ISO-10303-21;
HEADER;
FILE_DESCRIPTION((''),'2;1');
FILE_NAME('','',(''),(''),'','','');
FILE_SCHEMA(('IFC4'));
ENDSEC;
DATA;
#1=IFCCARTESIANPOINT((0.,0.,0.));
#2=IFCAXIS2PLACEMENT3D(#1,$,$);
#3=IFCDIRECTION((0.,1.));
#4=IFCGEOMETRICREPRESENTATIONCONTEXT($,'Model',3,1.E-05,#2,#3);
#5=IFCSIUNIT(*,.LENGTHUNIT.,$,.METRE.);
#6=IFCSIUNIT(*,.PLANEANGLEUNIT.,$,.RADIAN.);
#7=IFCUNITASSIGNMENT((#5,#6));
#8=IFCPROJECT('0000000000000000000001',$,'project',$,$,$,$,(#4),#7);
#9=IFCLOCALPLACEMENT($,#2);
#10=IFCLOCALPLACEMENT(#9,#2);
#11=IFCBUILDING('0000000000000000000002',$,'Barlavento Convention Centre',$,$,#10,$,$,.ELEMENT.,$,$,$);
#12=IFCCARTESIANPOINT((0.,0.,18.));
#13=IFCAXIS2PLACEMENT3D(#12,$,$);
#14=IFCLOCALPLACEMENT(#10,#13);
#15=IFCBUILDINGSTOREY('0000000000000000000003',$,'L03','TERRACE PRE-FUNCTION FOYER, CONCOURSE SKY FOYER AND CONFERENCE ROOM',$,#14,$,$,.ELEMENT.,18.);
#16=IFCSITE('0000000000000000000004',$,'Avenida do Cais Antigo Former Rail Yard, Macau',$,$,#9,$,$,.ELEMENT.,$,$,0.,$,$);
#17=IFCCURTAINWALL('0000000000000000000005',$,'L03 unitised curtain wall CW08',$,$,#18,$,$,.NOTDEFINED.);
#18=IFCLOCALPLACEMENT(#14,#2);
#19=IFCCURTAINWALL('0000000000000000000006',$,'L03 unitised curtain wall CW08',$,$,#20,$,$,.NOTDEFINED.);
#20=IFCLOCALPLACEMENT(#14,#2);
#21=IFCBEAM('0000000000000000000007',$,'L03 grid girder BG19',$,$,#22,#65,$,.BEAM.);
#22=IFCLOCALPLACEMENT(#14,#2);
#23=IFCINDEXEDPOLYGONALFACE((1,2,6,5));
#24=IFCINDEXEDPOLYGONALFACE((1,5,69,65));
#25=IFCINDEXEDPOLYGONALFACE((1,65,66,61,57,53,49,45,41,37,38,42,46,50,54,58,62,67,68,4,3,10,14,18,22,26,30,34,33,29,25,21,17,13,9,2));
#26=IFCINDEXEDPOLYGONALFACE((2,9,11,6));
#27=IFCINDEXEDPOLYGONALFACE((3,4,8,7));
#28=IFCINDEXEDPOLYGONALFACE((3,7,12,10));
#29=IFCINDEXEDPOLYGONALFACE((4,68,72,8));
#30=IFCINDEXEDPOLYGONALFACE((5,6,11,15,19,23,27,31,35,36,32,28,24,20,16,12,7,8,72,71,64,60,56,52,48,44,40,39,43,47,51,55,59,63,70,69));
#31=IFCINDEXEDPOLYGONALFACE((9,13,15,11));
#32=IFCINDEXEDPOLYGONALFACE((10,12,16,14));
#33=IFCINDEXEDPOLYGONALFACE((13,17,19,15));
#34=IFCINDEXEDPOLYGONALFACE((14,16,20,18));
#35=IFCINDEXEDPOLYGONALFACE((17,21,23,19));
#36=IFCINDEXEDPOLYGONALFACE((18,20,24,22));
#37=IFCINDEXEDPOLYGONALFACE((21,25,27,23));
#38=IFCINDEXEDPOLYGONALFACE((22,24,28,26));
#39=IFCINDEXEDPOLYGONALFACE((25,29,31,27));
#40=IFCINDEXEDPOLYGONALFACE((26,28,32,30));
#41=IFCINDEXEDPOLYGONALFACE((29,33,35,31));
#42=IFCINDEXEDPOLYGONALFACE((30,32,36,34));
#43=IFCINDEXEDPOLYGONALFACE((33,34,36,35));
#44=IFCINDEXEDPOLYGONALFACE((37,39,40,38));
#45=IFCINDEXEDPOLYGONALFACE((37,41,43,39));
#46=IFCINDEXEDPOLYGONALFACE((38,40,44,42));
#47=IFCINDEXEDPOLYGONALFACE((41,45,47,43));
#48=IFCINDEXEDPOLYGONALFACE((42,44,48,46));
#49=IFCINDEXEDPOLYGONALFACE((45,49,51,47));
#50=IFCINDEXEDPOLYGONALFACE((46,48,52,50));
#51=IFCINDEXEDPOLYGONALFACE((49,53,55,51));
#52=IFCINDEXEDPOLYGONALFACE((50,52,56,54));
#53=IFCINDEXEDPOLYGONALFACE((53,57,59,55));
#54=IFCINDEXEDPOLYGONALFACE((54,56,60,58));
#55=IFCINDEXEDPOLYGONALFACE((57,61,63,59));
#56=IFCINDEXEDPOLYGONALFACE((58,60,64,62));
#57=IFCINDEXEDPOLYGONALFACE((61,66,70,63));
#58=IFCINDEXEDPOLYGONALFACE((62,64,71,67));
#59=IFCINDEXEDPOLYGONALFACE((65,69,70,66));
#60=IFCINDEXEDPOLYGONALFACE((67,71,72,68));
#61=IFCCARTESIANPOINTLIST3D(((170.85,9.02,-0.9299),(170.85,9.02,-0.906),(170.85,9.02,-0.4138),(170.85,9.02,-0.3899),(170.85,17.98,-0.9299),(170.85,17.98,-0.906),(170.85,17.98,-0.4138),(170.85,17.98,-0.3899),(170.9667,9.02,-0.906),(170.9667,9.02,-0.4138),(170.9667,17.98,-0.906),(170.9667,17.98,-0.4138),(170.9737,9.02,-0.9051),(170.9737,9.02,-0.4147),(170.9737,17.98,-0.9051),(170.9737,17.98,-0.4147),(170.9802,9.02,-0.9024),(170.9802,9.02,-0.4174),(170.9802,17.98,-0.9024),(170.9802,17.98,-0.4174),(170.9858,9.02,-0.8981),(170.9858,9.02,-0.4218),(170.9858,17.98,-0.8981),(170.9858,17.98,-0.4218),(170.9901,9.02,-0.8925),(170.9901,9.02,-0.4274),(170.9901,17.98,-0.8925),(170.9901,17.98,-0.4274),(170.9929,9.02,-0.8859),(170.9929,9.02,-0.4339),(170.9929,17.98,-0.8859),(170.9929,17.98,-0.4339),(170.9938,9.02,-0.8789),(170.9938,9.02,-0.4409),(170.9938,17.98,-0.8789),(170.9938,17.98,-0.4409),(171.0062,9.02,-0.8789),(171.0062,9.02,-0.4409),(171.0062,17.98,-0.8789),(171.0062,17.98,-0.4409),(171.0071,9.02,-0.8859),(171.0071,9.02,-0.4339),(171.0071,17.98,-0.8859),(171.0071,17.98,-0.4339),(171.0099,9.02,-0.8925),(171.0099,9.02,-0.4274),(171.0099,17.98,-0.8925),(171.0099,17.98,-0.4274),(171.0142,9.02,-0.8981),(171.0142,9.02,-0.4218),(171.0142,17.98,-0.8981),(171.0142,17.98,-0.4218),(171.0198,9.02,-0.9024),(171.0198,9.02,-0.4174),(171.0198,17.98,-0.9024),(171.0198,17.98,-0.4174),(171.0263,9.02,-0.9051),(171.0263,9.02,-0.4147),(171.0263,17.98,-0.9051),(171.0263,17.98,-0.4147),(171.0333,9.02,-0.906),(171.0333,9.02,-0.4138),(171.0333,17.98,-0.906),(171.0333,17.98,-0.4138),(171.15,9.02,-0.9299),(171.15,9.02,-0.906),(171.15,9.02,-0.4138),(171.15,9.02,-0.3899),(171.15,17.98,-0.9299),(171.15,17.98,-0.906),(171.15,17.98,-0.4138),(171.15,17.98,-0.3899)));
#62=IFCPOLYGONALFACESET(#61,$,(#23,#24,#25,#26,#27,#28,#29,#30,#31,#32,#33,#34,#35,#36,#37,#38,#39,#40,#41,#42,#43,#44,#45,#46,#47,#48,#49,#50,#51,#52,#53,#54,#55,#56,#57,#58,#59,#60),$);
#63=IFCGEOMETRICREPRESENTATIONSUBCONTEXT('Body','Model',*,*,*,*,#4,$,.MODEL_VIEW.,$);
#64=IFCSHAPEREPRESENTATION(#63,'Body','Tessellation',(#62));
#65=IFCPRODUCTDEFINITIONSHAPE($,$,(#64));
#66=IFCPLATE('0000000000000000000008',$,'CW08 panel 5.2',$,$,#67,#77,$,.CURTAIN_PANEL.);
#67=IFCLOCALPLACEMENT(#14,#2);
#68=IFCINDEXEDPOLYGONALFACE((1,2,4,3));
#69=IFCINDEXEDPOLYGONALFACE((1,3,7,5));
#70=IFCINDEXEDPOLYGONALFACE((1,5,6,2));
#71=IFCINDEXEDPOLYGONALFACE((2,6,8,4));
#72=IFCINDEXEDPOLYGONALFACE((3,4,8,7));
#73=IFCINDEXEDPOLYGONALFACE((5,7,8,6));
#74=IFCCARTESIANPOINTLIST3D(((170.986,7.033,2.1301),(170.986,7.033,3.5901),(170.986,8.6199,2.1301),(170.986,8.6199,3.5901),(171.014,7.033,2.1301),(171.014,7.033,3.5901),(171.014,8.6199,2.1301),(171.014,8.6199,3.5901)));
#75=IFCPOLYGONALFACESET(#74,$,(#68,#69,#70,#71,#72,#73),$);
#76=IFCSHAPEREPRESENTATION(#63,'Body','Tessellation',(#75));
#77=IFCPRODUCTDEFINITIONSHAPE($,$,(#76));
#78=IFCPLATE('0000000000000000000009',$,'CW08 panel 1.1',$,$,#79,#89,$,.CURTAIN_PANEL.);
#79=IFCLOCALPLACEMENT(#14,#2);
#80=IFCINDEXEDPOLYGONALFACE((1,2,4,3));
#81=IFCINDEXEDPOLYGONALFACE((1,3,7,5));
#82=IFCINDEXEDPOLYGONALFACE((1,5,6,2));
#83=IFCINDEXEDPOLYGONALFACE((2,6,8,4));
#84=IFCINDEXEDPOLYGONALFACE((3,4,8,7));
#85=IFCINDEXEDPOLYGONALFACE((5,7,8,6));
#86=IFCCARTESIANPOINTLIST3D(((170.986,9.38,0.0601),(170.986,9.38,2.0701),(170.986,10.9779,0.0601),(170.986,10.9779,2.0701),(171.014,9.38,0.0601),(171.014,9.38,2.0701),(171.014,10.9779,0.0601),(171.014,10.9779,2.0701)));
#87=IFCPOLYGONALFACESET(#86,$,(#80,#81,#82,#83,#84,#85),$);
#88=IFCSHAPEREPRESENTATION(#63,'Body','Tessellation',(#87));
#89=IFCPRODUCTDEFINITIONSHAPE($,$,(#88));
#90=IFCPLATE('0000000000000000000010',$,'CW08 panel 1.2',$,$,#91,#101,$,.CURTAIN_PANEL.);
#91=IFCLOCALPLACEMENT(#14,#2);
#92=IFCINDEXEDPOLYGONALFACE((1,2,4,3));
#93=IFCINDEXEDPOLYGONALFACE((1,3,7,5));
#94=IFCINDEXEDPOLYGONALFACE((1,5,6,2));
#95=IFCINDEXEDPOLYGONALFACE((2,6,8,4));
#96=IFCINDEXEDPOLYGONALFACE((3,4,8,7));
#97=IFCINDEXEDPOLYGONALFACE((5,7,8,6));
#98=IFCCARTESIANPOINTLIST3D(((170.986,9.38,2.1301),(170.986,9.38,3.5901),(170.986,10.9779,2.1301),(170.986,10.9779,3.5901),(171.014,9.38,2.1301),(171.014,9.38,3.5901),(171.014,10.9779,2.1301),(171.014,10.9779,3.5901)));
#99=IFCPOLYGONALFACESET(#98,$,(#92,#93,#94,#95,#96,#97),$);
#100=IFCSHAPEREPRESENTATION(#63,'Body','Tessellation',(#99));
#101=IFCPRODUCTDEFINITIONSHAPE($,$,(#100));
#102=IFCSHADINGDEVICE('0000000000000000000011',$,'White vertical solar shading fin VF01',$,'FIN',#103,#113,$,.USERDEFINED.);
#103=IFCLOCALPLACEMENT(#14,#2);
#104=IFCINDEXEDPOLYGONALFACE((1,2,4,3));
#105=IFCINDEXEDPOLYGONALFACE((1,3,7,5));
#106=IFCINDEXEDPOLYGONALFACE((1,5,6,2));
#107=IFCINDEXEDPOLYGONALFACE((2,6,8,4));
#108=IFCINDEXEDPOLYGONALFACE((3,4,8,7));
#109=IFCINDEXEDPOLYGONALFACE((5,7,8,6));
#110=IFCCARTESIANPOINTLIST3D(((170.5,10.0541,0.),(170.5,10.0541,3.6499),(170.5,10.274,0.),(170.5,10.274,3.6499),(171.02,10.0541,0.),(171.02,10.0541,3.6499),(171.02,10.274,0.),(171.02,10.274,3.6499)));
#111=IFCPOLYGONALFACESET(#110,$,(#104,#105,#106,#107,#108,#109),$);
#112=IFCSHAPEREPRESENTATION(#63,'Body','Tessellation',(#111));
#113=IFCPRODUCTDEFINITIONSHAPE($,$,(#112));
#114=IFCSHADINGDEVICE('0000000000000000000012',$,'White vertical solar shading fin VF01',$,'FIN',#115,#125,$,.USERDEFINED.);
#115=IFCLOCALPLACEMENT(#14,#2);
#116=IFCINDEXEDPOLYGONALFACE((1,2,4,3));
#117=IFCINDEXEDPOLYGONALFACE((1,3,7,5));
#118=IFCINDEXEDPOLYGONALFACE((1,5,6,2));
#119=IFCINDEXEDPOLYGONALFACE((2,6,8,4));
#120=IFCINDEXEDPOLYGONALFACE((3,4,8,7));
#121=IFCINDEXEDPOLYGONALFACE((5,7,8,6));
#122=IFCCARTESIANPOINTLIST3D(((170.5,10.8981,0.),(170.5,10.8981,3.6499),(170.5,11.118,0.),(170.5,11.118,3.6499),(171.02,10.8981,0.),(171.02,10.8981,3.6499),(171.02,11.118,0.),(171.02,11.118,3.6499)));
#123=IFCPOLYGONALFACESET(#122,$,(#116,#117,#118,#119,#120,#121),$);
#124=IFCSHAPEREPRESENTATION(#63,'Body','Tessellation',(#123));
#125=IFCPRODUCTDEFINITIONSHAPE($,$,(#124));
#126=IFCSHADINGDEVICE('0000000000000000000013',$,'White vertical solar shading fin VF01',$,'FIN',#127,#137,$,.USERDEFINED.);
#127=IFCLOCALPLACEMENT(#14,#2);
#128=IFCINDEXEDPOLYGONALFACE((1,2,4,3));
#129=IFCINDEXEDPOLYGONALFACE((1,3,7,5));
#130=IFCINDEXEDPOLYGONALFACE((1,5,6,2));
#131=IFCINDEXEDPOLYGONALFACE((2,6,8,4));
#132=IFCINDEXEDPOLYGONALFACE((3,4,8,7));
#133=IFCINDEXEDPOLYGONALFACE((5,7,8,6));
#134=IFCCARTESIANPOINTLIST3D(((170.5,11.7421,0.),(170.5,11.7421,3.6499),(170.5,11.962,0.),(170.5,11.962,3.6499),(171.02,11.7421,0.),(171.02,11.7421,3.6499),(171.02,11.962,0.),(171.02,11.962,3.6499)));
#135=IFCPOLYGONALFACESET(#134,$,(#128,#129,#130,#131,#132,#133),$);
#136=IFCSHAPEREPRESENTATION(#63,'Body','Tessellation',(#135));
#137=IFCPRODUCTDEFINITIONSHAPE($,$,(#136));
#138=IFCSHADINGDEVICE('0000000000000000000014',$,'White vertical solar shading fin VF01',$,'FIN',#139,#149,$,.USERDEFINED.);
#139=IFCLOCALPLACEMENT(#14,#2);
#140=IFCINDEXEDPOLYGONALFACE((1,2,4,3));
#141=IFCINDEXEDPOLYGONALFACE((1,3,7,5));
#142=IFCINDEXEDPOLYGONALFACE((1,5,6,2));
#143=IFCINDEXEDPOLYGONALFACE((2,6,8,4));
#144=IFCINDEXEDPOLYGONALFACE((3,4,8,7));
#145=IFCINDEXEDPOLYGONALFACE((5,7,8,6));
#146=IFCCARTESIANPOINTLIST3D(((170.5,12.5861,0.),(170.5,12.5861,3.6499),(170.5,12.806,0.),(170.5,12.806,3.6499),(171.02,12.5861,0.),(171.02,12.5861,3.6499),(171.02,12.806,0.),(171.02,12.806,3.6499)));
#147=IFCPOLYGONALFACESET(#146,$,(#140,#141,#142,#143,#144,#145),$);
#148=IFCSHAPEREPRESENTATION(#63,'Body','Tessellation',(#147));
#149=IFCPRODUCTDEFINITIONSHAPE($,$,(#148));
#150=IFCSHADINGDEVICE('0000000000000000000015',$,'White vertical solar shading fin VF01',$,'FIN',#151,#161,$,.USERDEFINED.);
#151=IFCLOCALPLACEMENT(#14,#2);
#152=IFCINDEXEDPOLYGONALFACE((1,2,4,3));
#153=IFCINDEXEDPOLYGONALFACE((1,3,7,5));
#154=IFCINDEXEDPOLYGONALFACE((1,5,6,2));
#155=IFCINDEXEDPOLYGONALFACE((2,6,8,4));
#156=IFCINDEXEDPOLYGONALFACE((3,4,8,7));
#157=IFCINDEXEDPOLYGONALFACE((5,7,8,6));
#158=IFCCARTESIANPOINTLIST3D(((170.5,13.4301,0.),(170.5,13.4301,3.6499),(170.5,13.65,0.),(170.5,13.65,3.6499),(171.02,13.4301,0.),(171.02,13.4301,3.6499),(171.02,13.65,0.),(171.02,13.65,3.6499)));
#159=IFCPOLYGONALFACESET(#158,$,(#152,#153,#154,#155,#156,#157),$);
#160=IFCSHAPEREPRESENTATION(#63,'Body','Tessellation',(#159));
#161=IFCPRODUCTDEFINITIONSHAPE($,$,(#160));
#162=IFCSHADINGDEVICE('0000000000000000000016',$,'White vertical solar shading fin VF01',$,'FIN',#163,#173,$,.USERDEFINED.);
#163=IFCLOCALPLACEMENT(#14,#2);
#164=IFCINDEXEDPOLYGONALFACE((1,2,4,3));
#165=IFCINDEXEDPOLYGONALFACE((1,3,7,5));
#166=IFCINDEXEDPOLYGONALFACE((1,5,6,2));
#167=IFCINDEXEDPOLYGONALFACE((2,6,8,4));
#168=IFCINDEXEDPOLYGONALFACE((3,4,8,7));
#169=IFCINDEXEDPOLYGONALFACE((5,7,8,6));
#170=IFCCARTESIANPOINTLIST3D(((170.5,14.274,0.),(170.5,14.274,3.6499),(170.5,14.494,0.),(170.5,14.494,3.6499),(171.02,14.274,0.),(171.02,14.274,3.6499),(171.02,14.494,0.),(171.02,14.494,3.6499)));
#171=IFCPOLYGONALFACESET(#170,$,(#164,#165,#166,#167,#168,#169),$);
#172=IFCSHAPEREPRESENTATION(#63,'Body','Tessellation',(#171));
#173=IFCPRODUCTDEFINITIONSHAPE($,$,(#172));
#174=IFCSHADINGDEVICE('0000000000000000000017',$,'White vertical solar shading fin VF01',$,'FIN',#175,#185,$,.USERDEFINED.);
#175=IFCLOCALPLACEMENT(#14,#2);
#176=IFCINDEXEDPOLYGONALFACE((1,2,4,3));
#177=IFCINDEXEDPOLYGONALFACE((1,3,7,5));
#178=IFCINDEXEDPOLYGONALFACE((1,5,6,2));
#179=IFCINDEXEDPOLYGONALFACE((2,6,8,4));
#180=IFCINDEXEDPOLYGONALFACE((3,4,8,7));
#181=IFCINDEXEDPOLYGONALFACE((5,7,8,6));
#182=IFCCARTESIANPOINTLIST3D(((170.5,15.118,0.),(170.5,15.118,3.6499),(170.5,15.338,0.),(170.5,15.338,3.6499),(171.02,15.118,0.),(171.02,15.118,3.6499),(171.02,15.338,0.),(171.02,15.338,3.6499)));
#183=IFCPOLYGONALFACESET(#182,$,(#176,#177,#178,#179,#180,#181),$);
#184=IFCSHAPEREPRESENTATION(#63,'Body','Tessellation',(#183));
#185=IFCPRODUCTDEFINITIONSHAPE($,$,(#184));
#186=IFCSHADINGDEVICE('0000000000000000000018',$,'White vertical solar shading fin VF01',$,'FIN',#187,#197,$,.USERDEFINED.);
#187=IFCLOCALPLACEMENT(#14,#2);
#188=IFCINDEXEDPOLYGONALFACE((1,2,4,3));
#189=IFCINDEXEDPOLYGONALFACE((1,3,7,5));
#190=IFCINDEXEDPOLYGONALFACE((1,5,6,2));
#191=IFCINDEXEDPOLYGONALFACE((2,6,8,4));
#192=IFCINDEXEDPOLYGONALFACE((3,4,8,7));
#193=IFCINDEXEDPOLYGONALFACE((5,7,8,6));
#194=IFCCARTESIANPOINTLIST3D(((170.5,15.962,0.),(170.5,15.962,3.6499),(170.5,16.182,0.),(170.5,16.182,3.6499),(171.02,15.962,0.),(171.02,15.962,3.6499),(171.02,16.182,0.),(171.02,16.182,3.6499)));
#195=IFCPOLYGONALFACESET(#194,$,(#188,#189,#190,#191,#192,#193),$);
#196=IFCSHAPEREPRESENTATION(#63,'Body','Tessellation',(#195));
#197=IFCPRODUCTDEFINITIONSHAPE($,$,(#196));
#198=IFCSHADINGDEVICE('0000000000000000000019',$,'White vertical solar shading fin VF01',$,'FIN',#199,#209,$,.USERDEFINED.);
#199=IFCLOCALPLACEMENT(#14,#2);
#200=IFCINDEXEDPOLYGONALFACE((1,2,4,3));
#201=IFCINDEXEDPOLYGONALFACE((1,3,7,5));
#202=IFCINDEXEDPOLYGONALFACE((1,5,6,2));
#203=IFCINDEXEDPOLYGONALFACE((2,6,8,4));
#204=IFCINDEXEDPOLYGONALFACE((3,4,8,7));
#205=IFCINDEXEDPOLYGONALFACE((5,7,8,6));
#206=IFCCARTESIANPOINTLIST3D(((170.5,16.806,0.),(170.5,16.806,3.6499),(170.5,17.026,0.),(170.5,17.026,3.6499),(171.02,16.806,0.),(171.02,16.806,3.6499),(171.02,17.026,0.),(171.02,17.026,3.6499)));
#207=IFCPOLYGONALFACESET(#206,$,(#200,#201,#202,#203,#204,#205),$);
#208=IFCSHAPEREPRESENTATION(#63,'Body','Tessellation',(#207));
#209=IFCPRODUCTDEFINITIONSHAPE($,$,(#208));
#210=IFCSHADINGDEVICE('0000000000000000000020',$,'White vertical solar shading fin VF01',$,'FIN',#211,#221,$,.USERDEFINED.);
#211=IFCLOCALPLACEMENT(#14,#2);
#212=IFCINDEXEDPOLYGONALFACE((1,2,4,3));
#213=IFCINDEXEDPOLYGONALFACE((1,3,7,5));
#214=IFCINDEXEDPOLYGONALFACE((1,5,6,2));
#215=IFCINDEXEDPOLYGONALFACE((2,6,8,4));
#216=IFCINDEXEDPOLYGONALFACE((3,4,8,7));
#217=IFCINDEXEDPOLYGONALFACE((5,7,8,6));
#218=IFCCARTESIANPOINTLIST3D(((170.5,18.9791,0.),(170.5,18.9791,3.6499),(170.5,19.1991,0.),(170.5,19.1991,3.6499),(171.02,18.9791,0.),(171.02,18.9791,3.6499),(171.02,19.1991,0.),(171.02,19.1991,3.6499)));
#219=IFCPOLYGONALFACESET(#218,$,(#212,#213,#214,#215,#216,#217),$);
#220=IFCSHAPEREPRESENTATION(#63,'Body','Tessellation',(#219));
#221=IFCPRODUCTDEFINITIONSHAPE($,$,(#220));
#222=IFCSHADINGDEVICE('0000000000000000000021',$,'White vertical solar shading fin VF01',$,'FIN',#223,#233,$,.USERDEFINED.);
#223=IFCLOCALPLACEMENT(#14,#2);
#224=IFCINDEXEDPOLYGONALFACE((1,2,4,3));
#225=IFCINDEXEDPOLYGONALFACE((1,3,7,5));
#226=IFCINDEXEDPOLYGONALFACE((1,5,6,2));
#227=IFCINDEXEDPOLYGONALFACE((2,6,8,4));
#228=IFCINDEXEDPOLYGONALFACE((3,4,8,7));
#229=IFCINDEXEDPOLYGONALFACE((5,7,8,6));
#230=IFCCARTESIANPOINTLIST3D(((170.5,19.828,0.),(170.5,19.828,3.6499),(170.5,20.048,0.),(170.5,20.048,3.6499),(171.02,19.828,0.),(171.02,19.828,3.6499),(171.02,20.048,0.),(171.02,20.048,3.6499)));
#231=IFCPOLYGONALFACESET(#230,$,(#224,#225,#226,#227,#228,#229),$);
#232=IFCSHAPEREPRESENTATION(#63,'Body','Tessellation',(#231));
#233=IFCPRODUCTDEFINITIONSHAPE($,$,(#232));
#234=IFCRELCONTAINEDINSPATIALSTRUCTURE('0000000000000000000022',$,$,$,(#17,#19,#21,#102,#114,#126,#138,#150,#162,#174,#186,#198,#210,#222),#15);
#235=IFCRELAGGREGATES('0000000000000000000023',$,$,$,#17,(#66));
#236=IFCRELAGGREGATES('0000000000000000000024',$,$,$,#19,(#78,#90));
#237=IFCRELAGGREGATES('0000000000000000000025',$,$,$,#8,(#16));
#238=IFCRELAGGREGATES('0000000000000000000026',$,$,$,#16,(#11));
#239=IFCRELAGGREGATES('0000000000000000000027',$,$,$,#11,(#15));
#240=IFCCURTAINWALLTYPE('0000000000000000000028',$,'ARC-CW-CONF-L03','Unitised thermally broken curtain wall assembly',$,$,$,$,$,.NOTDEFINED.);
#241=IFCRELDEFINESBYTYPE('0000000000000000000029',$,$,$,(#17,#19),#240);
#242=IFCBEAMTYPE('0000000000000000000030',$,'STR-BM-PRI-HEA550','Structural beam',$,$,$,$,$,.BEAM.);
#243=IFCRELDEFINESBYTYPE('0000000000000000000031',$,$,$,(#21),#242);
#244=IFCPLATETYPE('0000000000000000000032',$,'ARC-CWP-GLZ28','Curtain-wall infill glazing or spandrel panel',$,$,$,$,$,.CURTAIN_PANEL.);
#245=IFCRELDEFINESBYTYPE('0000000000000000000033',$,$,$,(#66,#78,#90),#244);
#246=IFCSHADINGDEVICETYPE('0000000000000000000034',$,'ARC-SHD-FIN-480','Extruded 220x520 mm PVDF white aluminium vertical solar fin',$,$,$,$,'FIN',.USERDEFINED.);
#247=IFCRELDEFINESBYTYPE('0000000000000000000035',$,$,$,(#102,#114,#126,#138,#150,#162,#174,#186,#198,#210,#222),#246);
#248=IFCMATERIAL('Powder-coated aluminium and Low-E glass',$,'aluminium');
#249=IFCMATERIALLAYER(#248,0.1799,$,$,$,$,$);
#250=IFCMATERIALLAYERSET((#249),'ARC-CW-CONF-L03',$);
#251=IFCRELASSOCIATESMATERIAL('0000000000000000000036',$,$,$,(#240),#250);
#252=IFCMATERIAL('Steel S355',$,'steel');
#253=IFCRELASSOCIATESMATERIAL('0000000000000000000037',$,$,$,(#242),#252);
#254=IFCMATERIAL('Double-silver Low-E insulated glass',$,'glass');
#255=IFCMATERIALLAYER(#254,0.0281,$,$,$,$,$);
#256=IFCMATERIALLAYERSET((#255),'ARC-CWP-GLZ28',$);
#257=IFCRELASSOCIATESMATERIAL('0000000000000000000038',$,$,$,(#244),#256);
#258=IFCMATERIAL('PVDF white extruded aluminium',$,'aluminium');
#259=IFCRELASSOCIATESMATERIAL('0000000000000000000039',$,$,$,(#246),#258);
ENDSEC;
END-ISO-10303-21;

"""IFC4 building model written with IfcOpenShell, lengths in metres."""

from ifc_helpers import new_model, si_unit, direction, frame, origin, origin_2d, place, context, subcontext, project, spatial, rectangle, i_section, extrude, material, layer, layer_set, material_profile, profile_set, type_object, element, aggregate, save


model = new_model("IFC4")

# Units and contexts
model_context = context("Model", 3, precision=1e-05, world=origin(), true_north=direction((0.0, 1.0)))
body_context = subcontext(model_context, "Body", "Model", "MODEL_VIEW")
ifc_project = project(units=[si_unit("LENGTHUNIT", "METRE"), si_unit("PLANEANGLEUNIT", "RADIAN")], contexts=[model_context])

# Site, building, storey
site_placement = place(None, origin())
site = spatial("IfcSite", under=ifc_project, at=site_placement, Name="Avenida do Cais Antigo Former Rail Yard, Macau", CompositionType="ELEMENT", RefElevation=0.0)
building_placement = place(site_placement, origin())
building = spatial("IfcBuilding", under=site, at=building_placement, Name="Barlavento Convention Centre", CompositionType="ELEMENT")
storey_placement = place(building_placement, frame((0.0, 0.0, 18.0)))
storey = spatial("IfcBuildingStorey", under=building, at=storey_placement, Name="L03", Description="TERRACE PRE-FUNCTION FOYER, CONCOURSE SKY FOYER AND CONFERENCE ROOM", CompositionType="ELEMENT", Elevation=18.0)

# Shared definitions
ifc_material_1 = material(Name="Steel S355", Category="steel")

# Curtain wall
ifc_material_2 = material(Name="Powder-coated aluminium and Low-E glass", Category="aluminium")
ifc_layer_1 = layer(ifc_material_2, 0.1799)
ifc_layer_set_1 = layer_set([ifc_layer_1], Name="ARC-CW-CONF-L03")
curtain_wall_type = type_object("IfcCurtainWallType", Name="ARC-CW-CONF-L03", Description="Unitised thermally broken curtain wall assembly", PredefinedType="NOTDEFINED", material=ifc_layer_set_1)
curtain_wall_1_placement = place(storey_placement, origin())
curtain_wall_1 = element("IfcCurtainWall", 1, at=curtain_wall_1_placement, inside=storey, type_object=curtain_wall_type, Name="L03 unitised curtain wall CW08", PredefinedType="NOTDEFINED")

# Curtain wall
curtain_wall_2_placement = place(storey_placement, origin())
curtain_wall_2 = element("IfcCurtainWall", 2, at=curtain_wall_2_placement, inside=storey, type_object=curtain_wall_type, Name="L03 unitised curtain wall CW08", PredefinedType="NOTDEFINED")

# Beam
ifc_material_profile_1 = material_profile(ifc_material_1, i_section(OverallWidth=0.3, OverallDepth=0.54, WebThickness=0.0125, FlangeThickness=0.0239, FilletRadius=0.0271, at=origin_2d()), Name="HEA 550")
ifc_profile_set_1 = profile_set([ifc_material_profile_1], Name="Steel S355")
beam_type = type_object("IfcBeamType", Name="STR-BM-PRI-HEA550", Description="Structural beam", PredefinedType="BEAM", material=ifc_profile_set_1)
beam_placement = place(storey_placement, frame((171.0, 9.02, -0.6599), z_axis=(0.0, 1.0, 0.0), x_axis=(-1.0, 0.0, 0.0)))
element("IfcBeam", 3, at=beam_placement, inside=storey, type_object=beam_type, Name="L03 grid girder BG19", PredefinedType="BEAM", context=body_context, shape_type="SweptSolid", body=[
    extrude(i_section(OverallWidth=0.3, OverallDepth=0.54, WebThickness=0.0125, FlangeThickness=0.0239, FilletRadius=0.0271, at=origin_2d()), origin(), (0.0, 0.0, 1.0), 8.96),
])

# Plates
ifc_material_3 = material(Name="Double-silver Low-E insulated glass", Category="glass")
ifc_layer_2 = layer(ifc_material_3, 0.0281)
ifc_layer_set_2 = layer_set([ifc_layer_2], Name="ARC-CWP-GLZ28")
plate_type = type_object("IfcPlateType", Name="ARC-CWP-GLZ28", Description="Curtain-wall infill glazing or spandrel panel", PredefinedType="CURTAIN_PANEL", material=ifc_layer_set_2)
plate_1_placement = place(storey_placement, frame((171.0, 7.8264, 2.1301), z_axis=(0.0, 0.0, 1.0), x_axis=(0.0, 1.0, 0.0)))
plate_1 = element("IfcPlate", 4, at=plate_1_placement, type_object=plate_type, Name="CW08 panel 5.2", PredefinedType="CURTAIN_PANEL", context=body_context, shape_type="SweptSolid", body=[
    extrude(rectangle(XDim=1.5869, YDim=0.0281, at=origin_2d()), origin(), (0.0, 0.0, 1.0), 1.46),
])
aggregate(curtain_wall_1, [plate_1])
plate_2_placement = place(storey_placement, frame((171.0, 10.179, 0.0601), z_axis=(0.0, 0.0, 1.0), x_axis=(0.0, 1.0, 0.0)))
plate_2 = element("IfcPlate", 5, at=plate_2_placement, type_object=plate_type, Name="CW08 panel 1.1", PredefinedType="CURTAIN_PANEL", context=body_context, shape_type="SweptSolid", body=[
    extrude(rectangle(XDim=1.5979, YDim=0.0281, at=origin_2d()), origin(), (0.0, 0.0, 1.0), 2.01),
])
plate_3_placement = place(storey_placement, frame((171.0, 10.179, 2.1301), z_axis=(0.0, 0.0, 1.0), x_axis=(0.0, 1.0, 0.0)))
plate_3 = element("IfcPlate", 6, at=plate_3_placement, type_object=plate_type, Name="CW08 panel 1.2", PredefinedType="CURTAIN_PANEL", context=body_context, shape_type="SweptSolid", body=[
    extrude(rectangle(XDim=1.5979, YDim=0.0281, at=origin_2d()), origin(), (0.0, 0.0, 1.0), 1.46),
])
aggregate(curtain_wall_2, [plate_2, plate_3])

# Shading devices
ifc_material_4 = material(Name="PVDF white extruded aluminium", Category="aluminium")
shading_device_type = type_object("IfcShadingDeviceType", Name="ARC-SHD-FIN-480", Description="Extruded 220x520 mm PVDF white aluminium vertical solar fin", ElementType="FIN", PredefinedType="USERDEFINED", material=ifc_material_4)
for number, where, z_axis, x_axis, name in (
    (7, (170.76, 10.1641, 0.0), (0.0, 0.0, 1.0), (0.0, 1.0, 0.0), "White vertical solar shading fin VF01"),
    (8, (170.76, 11.0081, 0.0), (0.0, 0.0, 1.0), (0.0, 1.0, 0.0), "White vertical solar shading fin VF01"),
    (9, (170.76, 11.8521, 0.0), (0.0, 0.0, 1.0), (0.0, 1.0, 0.0), "White vertical solar shading fin VF01"),
    (10, (170.76, 12.696, 0.0), (0.0, 0.0, 1.0), (0.0, 1.0, 0.0), "White vertical solar shading fin VF01"),
    (11, (170.76, 13.54, 0.0), (0.0, 0.0, 1.0), (0.0, 1.0, 0.0), "White vertical solar shading fin VF01"),
    (12, (170.76, 14.384, 0.0), (0.0, 0.0, 1.0), (0.0, 1.0, 0.0), "White vertical solar shading fin VF01"),
    (13, (170.76, 15.228, 0.0), (0.0, 0.0, 1.0), (0.0, 1.0, 0.0), "White vertical solar shading fin VF01"),
    (14, (170.76, 16.072, 0.0), (0.0, 0.0, 1.0), (0.0, 1.0, 0.0), "White vertical solar shading fin VF01"),
    (15, (170.76, 16.916, 0.0), (0.0, 0.0, 1.0), (0.0, 1.0, 0.0), "White vertical solar shading fin VF01"),
    (16, (170.76, 19.0891, 0.0), (0.0, 0.0, 1.0), (0.0, 1.0, 0.0), "White vertical solar shading fin VF01"),
    (17, (170.76, 19.938, 0.0), (0.0, 0.0, 1.0), (0.0, 1.0, 0.0), "White vertical solar shading fin VF01"),
):
    element("IfcShadingDevice", number, at=place(storey_placement, frame(where, z_axis=z_axis, x_axis=x_axis)), inside=storey, type_object=shading_device_type, Name=name, ObjectType="FIN", PredefinedType="USERDEFINED", context=body_context, shape_type="SweptSolid", body=[
        extrude(rectangle(XDim=0.22, YDim=0.52, at=origin_2d()), origin(), (0.0, 0.0, 1.0), 3.6499),
    ])

save(model, "model.ifc")
